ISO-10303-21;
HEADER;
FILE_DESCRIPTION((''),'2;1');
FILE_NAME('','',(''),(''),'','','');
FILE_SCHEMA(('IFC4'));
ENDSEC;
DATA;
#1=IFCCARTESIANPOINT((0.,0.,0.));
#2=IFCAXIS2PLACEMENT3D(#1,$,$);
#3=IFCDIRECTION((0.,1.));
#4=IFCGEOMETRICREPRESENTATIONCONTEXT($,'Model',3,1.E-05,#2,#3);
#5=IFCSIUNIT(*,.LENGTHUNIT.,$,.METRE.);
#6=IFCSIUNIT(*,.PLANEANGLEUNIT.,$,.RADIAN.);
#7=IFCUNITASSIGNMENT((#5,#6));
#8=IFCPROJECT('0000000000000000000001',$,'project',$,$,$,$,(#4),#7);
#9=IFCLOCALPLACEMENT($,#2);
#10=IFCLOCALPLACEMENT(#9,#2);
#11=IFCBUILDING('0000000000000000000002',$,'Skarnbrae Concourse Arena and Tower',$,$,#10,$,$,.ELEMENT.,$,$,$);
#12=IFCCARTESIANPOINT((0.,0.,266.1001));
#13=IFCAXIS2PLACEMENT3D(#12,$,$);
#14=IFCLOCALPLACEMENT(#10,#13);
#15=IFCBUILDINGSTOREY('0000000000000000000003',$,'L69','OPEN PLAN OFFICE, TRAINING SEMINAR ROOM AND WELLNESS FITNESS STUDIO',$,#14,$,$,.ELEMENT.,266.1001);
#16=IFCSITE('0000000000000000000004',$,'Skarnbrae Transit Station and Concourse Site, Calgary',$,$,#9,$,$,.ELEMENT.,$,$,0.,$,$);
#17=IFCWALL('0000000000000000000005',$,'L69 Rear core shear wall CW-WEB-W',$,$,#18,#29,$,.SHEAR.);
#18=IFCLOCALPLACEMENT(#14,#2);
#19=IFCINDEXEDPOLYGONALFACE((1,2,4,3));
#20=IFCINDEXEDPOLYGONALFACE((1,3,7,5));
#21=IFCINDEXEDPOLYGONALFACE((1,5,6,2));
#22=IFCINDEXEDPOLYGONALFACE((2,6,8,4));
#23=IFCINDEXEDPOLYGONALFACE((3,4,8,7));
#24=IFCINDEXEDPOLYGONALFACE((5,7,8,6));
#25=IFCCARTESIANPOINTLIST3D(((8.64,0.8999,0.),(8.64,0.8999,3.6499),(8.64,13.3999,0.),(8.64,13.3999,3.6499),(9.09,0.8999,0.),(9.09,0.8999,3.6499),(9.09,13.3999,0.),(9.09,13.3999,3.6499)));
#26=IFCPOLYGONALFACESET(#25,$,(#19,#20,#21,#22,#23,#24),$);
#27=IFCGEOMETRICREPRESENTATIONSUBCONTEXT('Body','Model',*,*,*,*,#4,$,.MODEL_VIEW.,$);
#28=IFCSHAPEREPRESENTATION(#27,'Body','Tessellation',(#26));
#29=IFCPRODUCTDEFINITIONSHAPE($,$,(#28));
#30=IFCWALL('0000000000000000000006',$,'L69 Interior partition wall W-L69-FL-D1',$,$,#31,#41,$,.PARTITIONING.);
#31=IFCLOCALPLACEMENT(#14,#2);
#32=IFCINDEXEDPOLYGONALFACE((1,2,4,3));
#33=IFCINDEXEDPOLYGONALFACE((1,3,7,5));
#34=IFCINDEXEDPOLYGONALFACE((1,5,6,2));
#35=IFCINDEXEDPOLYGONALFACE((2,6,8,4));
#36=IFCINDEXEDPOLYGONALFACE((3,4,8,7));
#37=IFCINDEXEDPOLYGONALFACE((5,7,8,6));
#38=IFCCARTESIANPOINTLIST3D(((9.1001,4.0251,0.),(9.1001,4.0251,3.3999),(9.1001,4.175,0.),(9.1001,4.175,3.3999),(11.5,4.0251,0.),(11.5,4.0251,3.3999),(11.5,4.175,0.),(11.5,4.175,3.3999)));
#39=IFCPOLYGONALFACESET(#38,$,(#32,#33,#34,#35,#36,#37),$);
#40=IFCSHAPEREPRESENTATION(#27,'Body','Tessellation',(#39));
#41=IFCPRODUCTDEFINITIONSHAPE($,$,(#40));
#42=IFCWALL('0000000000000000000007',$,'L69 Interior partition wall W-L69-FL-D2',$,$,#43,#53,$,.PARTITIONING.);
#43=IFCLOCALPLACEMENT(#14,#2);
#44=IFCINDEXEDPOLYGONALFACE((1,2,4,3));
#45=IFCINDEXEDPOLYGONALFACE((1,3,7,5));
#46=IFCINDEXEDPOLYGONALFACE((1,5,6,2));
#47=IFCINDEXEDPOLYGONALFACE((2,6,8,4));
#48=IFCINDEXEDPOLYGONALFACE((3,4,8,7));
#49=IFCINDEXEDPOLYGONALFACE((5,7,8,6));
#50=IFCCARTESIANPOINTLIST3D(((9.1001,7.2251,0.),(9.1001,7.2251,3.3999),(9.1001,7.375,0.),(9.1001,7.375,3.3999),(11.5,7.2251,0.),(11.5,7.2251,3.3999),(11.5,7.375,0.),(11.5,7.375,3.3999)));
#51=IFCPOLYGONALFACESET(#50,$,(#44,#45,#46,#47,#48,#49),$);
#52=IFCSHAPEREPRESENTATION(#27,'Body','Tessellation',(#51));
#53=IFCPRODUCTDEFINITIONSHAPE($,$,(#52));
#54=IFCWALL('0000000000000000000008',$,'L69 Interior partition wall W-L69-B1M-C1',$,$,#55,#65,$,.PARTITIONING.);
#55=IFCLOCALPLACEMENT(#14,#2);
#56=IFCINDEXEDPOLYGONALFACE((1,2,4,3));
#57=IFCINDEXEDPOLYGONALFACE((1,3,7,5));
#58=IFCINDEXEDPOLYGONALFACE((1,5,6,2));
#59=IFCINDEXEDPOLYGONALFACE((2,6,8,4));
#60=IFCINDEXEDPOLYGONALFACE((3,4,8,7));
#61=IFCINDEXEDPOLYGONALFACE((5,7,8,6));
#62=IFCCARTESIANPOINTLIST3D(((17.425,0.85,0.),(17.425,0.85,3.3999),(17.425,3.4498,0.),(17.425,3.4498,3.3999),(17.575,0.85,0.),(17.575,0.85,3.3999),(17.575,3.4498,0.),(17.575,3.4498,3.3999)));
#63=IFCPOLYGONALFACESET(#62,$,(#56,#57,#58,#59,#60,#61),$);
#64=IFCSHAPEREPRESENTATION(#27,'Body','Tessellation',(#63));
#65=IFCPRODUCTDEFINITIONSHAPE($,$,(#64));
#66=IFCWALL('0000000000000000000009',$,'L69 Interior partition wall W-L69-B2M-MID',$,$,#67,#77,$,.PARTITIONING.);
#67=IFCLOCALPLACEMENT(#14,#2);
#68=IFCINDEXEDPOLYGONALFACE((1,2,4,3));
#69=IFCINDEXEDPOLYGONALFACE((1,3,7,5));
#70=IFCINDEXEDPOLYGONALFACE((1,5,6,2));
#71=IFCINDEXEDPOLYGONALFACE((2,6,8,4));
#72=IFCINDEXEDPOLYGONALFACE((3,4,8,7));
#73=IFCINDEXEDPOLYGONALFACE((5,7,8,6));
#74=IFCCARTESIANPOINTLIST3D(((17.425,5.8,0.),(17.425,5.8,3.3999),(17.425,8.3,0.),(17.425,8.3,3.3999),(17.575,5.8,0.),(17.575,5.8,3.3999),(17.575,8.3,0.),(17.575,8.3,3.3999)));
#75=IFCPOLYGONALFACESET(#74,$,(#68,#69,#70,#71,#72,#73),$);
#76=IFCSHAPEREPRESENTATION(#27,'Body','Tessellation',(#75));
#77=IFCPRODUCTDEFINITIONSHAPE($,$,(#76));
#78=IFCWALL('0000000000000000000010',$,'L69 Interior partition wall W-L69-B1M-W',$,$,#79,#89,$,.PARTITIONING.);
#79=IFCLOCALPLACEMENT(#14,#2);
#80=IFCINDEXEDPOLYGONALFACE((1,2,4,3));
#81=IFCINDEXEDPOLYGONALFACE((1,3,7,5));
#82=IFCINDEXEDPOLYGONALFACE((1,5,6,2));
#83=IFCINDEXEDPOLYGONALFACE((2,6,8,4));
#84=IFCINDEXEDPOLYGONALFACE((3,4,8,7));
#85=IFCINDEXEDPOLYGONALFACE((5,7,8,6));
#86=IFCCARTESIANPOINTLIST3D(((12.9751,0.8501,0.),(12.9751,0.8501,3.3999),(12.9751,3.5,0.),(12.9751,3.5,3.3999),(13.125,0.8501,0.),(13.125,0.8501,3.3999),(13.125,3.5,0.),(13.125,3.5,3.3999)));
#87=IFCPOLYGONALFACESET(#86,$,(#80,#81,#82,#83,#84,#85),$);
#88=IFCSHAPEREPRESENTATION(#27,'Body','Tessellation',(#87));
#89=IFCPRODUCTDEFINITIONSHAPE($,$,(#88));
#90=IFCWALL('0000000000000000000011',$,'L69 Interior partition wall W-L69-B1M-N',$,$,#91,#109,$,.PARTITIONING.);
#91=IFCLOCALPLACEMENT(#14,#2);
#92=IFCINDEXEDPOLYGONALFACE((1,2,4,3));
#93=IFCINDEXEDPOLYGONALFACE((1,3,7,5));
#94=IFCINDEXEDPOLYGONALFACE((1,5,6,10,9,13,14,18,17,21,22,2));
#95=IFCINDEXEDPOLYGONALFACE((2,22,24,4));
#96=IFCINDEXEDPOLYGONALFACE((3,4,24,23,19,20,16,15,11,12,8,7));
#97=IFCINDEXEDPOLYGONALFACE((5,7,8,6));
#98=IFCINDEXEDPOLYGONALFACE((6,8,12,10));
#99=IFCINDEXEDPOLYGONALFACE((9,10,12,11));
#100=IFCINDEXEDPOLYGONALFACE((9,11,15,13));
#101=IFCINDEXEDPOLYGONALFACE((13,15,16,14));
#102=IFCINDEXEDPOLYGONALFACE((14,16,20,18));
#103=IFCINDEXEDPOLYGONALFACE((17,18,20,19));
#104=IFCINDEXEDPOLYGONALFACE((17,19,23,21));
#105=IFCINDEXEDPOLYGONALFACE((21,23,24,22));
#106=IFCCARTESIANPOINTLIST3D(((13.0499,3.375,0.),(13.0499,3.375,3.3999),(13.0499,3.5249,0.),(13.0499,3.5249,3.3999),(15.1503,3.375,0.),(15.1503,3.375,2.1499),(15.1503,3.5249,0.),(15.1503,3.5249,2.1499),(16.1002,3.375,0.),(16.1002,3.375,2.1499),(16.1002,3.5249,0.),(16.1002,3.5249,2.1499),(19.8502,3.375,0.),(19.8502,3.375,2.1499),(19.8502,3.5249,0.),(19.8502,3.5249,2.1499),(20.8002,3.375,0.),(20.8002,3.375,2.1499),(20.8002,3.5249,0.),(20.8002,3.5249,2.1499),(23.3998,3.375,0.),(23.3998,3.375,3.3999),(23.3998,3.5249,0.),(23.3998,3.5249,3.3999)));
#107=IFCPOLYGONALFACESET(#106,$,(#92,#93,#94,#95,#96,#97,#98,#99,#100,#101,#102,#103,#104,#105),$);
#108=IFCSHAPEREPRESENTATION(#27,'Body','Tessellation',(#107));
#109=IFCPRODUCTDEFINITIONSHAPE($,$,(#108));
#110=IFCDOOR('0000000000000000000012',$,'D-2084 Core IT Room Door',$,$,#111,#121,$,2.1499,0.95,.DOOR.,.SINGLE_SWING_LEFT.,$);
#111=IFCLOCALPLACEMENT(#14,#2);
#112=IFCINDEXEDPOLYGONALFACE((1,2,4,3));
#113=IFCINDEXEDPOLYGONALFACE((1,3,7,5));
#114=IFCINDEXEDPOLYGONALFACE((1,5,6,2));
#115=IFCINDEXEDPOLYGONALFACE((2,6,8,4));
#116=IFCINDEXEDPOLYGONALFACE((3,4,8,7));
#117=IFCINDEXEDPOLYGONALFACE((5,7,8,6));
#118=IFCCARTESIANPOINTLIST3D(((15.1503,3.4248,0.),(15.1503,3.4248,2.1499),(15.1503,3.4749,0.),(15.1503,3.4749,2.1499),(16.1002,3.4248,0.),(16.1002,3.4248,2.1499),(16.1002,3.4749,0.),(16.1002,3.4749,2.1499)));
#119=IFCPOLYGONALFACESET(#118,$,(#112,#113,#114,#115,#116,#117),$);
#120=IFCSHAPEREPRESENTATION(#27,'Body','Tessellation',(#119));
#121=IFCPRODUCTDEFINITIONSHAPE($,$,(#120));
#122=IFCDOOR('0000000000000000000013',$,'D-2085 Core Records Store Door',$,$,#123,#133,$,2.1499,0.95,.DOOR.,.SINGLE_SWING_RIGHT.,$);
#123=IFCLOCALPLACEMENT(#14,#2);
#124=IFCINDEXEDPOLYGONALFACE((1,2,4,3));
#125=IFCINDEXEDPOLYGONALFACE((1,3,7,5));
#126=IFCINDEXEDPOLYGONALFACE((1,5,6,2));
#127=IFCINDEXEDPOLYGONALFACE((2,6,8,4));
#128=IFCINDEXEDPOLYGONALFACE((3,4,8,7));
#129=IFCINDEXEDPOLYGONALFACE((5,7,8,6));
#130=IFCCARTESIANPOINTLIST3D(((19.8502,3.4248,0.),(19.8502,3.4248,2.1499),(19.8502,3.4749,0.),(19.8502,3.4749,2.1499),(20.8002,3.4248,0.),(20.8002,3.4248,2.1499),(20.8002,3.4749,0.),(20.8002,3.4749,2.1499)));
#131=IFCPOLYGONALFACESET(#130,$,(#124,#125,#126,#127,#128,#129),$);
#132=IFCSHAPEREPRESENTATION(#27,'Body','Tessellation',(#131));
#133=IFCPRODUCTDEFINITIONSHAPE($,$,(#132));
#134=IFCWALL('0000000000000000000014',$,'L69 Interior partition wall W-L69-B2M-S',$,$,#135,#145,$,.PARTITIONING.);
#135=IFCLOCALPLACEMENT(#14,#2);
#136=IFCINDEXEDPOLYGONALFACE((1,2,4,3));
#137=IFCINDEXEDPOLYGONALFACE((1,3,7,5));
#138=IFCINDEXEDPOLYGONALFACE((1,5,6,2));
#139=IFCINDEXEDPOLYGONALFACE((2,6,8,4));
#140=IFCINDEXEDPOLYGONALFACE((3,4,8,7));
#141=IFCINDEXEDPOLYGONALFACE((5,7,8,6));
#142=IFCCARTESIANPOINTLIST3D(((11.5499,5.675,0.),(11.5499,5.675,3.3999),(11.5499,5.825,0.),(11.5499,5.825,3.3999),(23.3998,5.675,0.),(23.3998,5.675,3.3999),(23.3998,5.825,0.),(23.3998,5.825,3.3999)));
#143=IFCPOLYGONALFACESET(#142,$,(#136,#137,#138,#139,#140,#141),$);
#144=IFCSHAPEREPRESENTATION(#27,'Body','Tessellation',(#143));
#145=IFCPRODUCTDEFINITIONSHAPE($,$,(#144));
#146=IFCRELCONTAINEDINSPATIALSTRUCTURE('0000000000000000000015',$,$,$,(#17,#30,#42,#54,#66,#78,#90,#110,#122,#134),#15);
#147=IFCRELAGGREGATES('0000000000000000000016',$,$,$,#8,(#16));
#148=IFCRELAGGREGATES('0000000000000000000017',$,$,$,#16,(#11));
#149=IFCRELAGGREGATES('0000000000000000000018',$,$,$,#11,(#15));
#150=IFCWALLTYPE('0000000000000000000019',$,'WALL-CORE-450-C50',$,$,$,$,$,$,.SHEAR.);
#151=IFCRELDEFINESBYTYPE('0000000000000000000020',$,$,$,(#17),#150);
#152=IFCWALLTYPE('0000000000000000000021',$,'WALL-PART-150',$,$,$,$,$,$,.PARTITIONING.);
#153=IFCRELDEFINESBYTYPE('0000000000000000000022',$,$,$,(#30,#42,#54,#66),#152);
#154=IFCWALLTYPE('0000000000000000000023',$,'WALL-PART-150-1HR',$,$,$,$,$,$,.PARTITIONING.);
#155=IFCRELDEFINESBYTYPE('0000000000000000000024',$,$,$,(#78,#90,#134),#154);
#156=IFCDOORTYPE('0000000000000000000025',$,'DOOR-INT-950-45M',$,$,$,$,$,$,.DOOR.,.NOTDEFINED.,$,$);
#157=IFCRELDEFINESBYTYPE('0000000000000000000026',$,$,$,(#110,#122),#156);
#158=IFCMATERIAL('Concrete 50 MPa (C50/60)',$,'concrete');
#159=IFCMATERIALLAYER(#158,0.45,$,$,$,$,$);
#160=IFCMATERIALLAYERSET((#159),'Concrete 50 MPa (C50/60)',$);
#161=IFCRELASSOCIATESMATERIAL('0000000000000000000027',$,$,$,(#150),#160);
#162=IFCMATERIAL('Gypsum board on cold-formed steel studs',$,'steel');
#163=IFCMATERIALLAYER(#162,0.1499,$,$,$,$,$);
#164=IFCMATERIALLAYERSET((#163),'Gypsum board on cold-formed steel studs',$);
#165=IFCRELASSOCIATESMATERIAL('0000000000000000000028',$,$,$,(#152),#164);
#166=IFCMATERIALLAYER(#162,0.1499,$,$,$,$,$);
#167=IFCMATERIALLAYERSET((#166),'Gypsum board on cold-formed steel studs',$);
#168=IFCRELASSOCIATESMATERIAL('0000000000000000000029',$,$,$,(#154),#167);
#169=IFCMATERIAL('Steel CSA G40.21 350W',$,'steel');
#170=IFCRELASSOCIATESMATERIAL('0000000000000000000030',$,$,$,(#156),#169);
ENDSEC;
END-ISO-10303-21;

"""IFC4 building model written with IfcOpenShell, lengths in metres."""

from ifc_helpers import new_model, si_unit, direction, frame, frame_2d, origin, place, context, subcontext, project, spatial, rectangle, extrude, source, transform, mapped, material, layer, layer_set, type_object, element, fill, save


model = new_model("IFC4")

# Units and contexts
model_context = context("Model", 3, precision=1e-05, world=origin(), true_north=direction((0.0, 1.0)))
body_context = subcontext(model_context, "Body", "Model", "MODEL_VIEW")
ifc_project = project(units=[si_unit("LENGTHUNIT", "METRE"), si_unit("PLANEANGLEUNIT", "RADIAN")], contexts=[model_context])

# Site, building, storey
site_placement = place(None, origin())
site = spatial("IfcSite", under=ifc_project, at=site_placement, Name="Skarnbrae Transit Station and Concourse Site, Calgary", CompositionType="ELEMENT", RefElevation=0.0)
building_placement = place(site_placement, origin())
building = spatial("IfcBuilding", under=site, at=building_placement, Name="Skarnbrae Concourse Arena and Tower", CompositionType="ELEMENT")
storey_placement = place(building_placement, frame((0.0, 0.0, 266.1001)))
storey = spatial("IfcBuildingStorey", under=building, at=storey_placement, Name="L69", Description="OPEN PLAN OFFICE, TRAINING SEMINAR ROOM AND WELLNESS FITNESS STUDIO", CompositionType="ELEMENT", Elevation=266.1001)

# Wall
ifc_material_1 = material(Name="Concrete 50 MPa (C50/60)", Category="concrete")
ifc_layer_1 = layer(ifc_material_1, 0.45)
ifc_layer_set_1 = layer_set([ifc_layer_1], Name="Concrete 50 MPa (C50/60)")
wall_type_1 = type_object("IfcWallType", Name="WALL-CORE-450-C50", PredefinedType="SHEAR", material=ifc_layer_set_1)
shared_shape_1 = source(origin(), body_context, "Body", "SweptSolid", [
    extrude(rectangle(XDim=12.5, YDim=0.45, at=frame_2d((6.25, 0.0))), origin(), (0.0, 0.0, 1.0), 3.6499),
])
wall_1_placement = place(storey_placement, frame((8.865, 0.8999, 0.0), z_axis=(0.0, 0.0, 1.0), x_axis=(0.0, 1.0, 0.0)))
element("IfcWall", 1, at=wall_1_placement, inside=storey, type_object=wall_type_1, Name="L69 Rear core shear wall CW-WEB-W", PredefinedType="SHEAR", context=body_context, shape_type="MappedRepresentation", body=[
    mapped(shared_shape_1, transform((0.0, 0.0, 0.0))),
])

# Shared definitions
ifc_material_2 = material(Name="Gypsum board on cold-formed steel studs", Category="steel")
ifc_material_3 = material(Name="Steel CSA G40.21 350W", Category="steel")

# Walls
ifc_layer_2 = layer(ifc_material_2, 0.1499)
ifc_layer_set_2 = layer_set([ifc_layer_2], Name="Gypsum board on cold-formed steel studs")
wall_type_2 = type_object("IfcWallType", Name="WALL-PART-150", PredefinedType="PARTITIONING", material=ifc_layer_set_2)
shared_shape_2 = source(origin(), body_context, "Body", "SweptSolid", [
    extrude(rectangle(XDim=2.3999, YDim=0.1499, at=frame_2d((1.2, 0.0))), origin(), (0.0, 0.0, 1.0), 3.3999),
])
for number, where, z_axis, x_axis, name in (
    (2, (9.1001, 4.1001, 0.0), (0.0, 0.0, 1.0), (1.0, 0.0, 0.0), "L69 Interior partition wall W-L69-FL-D1"),
    (3, (9.1001, 7.3, 0.0), (0.0, 0.0, 1.0), (1.0, 0.0, 0.0), "L69 Interior partition wall W-L69-FL-D2"),
):
    element("IfcWall", number, at=place(storey_placement, frame(where, z_axis=z_axis, x_axis=x_axis)), inside=storey, type_object=wall_type_2, Name=name, PredefinedType="PARTITIONING", context=body_context, shape_type="MappedRepresentation", body=[
        mapped(shared_shape_2, transform((0.0, 0.0, 0.0))),
    ])
shared_shape_3 = source(origin(), body_context, "Body", "SweptSolid", [
    extrude(rectangle(XDim=2.5999, YDim=0.1499, at=frame_2d((1.2998, 0.0))), origin(), (0.0, 0.0, 1.0), 3.3999),
])
wall_2_placement = place(storey_placement, frame((17.5, 0.8501, 0.0), z_axis=(0.0, 0.0, 1.0), x_axis=(0.0, 1.0, 0.0)))
element("IfcWall", 4, at=wall_2_placement, inside=storey, type_object=wall_type_2, Name="L69 Interior partition wall W-L69-B1M-C1", PredefinedType="PARTITIONING", context=body_context, shape_type="MappedRepresentation", body=[
    mapped(shared_shape_3, transform((0.0, 0.0, 0.0))),
])
shared_shape_4 = source(origin(), body_context, "Body", "SweptSolid", [
    extrude(rectangle(XDim=2.5, YDim=0.1499, at=frame_2d((1.25, 0.0))), origin(), (0.0, 0.0, 1.0), 3.3999),
])
wall_3_placement = place(storey_placement, frame((17.5, 5.8, 0.0), z_axis=(0.0, 0.0, 1.0), x_axis=(0.0, 1.0, 0.0)))
element("IfcWall", 5, at=wall_3_placement, inside=storey, type_object=wall_type_2, Name="L69 Interior partition wall W-L69-B2M-MID", PredefinedType="PARTITIONING", context=body_context, shape_type="MappedRepresentation", body=[
    mapped(shared_shape_4, transform((0.0, 0.0, 0.0))),
])
ifc_layer_3 = layer(ifc_material_2, 0.1499)
ifc_layer_set_3 = layer_set([ifc_layer_3], Name="Gypsum board on cold-formed steel studs")
wall_type_3 = type_object("IfcWallType", Name="WALL-PART-150-1HR", PredefinedType="PARTITIONING", material=ifc_layer_set_3)
shared_shape_5 = source(origin(), body_context, "Body", "SweptSolid", [
    extrude(rectangle(XDim=2.6499, YDim=0.1499, at=frame_2d((1.325, 0.0))), origin(), (0.0, 0.0, 1.0), 3.3999),
])
wall_4_placement = place(storey_placement, frame((13.05, 0.8501, 0.0), z_axis=(0.0, 0.0, 1.0), x_axis=(0.0, 1.0, 0.0)))
element("IfcWall", 6, at=wall_4_placement, inside=storey, type_object=wall_type_3, Name="L69 Interior partition wall W-L69-B1M-W", PredefinedType="PARTITIONING", context=body_context, shape_type="MappedRepresentation", body=[
    mapped(shared_shape_5, transform((0.0, 0.0, 0.0))),
])

# Wall, openings, doors
shared_shape_6 = source(origin(), body_context, "Body", "SweptSolid", [
    extrude(rectangle(XDim=10.3499, YDim=0.1499, at=frame_2d((5.1748, 0.0))), origin(), (0.0, 0.0, 1.0), 3.3999),
])
wall_5_placement = place(storey_placement, frame((13.05, 3.45, 0.0), z_axis=(0.0, 0.0, 1.0), x_axis=(1.0, 0.0, 0.0)))
wall_5 = element("IfcWall", 7, at=wall_5_placement, inside=storey, type_object=wall_type_3, Name="L69 Interior partition wall W-L69-B1M-N", PredefinedType="PARTITIONING", context=body_context, shape_type="MappedRepresentation", body=[
    mapped(shared_shape_6, transform((0.0, 0.0, 0.0))),
])
opening_1_placement = place(wall_5_placement, frame((2.1001, 0.0, 0.0)))
opening_1 = element("IfcOpeningElement", 8, at=opening_1_placement, cuts=wall_5, PredefinedType="OPENING", context=body_context, shape_type="SweptSolid", body=[
    extrude(rectangle(XDim=0.95, YDim=2.1499, at=frame_2d((0.4751, 1.075))), frame((0.0, 0.085, 0.0), z_axis=(0.0, -1.0, 0.0), x_axis=(1.0, 0.0, 0.0)), (0.0, 0.0, 1.0), 0.1699),
])
opening_2_placement = place(wall_5_placement, frame((6.8, 0.0, 0.0)))
opening_2 = element("IfcOpeningElement", 9, at=opening_2_placement, cuts=wall_5, PredefinedType="OPENING", context=body_context, shape_type="SweptSolid", body=[
    extrude(rectangle(XDim=0.95, YDim=2.1499, at=frame_2d((0.4751, 1.075))), frame((0.0, 0.085, 0.0), z_axis=(0.0, -1.0, 0.0), x_axis=(1.0, 0.0, 0.0)), (0.0, 0.0, 1.0), 0.1699),
])
door_type_1 = type_object("IfcDoorType", Name="DOOR-INT-950-45M", OperationType="NOTDEFINED", PredefinedType="DOOR", material=ifc_material_3)
shared_shape_7 = source(origin(), body_context, "Body", "SweptSolid", [
    extrude(rectangle(XDim=0.95, YDim=2.1499, at=frame_2d((0.4751, 1.075))), frame((0.0, 0.0249, 0.0), z_axis=(0.0, -1.0, 0.0), x_axis=(1.0, 0.0, 0.0)), (0.0, 0.0, 1.0), 0.05),
])
door_1_placement = place(opening_1_placement, origin())
door_1 = element("IfcDoor", 10, at=door_1_placement, inside=storey, type_object=door_type_1, Name="D-2084 Core IT Room Door", OperationType="SINGLE_SWING_LEFT", OverallHeight=2.1499, OverallWidth=0.95, PredefinedType="DOOR", context=body_context, shape_type="MappedRepresentation", body=[
    mapped(shared_shape_7, transform((0.0, 0.0, 0.0))),
])
fill(opening_1, door_1)
door_2_placement = place(opening_2_placement, origin())
door_2 = element("IfcDoor", 11, at=door_2_placement, inside=storey, type_object=door_type_1, Name="D-2085 Core Records Store Door", OperationType="SINGLE_SWING_RIGHT", OverallHeight=2.1499, OverallWidth=0.95, PredefinedType="DOOR", context=body_context, shape_type="MappedRepresentation", body=[
    mapped(shared_shape_7, transform((0.0, 0.0, 0.0))),
])
fill(opening_2, door_2)

# Wall
shared_shape_8 = source(origin(), body_context, "Body", "SweptSolid", [
    extrude(rectangle(XDim=11.8499, YDim=0.1499, at=frame_2d((5.9248, 0.0))), origin(), (0.0, 0.0, 1.0), 3.3999),
])
wall_6_placement = place(storey_placement, frame((11.55, 5.75, 0.0), z_axis=(0.0, 0.0, 1.0), x_axis=(1.0, 0.0, 0.0)))
element("IfcWall", 12, at=wall_6_placement, inside=storey, type_object=wall_type_3, Name="L69 Interior partition wall W-L69-B2M-S", PredefinedType="PARTITIONING", context=body_context, shape_type="MappedRepresentation", body=[
    mapped(shared_shape_8, transform((0.0, 0.0, 0.0))),
])

save(model, "model.ifc")
